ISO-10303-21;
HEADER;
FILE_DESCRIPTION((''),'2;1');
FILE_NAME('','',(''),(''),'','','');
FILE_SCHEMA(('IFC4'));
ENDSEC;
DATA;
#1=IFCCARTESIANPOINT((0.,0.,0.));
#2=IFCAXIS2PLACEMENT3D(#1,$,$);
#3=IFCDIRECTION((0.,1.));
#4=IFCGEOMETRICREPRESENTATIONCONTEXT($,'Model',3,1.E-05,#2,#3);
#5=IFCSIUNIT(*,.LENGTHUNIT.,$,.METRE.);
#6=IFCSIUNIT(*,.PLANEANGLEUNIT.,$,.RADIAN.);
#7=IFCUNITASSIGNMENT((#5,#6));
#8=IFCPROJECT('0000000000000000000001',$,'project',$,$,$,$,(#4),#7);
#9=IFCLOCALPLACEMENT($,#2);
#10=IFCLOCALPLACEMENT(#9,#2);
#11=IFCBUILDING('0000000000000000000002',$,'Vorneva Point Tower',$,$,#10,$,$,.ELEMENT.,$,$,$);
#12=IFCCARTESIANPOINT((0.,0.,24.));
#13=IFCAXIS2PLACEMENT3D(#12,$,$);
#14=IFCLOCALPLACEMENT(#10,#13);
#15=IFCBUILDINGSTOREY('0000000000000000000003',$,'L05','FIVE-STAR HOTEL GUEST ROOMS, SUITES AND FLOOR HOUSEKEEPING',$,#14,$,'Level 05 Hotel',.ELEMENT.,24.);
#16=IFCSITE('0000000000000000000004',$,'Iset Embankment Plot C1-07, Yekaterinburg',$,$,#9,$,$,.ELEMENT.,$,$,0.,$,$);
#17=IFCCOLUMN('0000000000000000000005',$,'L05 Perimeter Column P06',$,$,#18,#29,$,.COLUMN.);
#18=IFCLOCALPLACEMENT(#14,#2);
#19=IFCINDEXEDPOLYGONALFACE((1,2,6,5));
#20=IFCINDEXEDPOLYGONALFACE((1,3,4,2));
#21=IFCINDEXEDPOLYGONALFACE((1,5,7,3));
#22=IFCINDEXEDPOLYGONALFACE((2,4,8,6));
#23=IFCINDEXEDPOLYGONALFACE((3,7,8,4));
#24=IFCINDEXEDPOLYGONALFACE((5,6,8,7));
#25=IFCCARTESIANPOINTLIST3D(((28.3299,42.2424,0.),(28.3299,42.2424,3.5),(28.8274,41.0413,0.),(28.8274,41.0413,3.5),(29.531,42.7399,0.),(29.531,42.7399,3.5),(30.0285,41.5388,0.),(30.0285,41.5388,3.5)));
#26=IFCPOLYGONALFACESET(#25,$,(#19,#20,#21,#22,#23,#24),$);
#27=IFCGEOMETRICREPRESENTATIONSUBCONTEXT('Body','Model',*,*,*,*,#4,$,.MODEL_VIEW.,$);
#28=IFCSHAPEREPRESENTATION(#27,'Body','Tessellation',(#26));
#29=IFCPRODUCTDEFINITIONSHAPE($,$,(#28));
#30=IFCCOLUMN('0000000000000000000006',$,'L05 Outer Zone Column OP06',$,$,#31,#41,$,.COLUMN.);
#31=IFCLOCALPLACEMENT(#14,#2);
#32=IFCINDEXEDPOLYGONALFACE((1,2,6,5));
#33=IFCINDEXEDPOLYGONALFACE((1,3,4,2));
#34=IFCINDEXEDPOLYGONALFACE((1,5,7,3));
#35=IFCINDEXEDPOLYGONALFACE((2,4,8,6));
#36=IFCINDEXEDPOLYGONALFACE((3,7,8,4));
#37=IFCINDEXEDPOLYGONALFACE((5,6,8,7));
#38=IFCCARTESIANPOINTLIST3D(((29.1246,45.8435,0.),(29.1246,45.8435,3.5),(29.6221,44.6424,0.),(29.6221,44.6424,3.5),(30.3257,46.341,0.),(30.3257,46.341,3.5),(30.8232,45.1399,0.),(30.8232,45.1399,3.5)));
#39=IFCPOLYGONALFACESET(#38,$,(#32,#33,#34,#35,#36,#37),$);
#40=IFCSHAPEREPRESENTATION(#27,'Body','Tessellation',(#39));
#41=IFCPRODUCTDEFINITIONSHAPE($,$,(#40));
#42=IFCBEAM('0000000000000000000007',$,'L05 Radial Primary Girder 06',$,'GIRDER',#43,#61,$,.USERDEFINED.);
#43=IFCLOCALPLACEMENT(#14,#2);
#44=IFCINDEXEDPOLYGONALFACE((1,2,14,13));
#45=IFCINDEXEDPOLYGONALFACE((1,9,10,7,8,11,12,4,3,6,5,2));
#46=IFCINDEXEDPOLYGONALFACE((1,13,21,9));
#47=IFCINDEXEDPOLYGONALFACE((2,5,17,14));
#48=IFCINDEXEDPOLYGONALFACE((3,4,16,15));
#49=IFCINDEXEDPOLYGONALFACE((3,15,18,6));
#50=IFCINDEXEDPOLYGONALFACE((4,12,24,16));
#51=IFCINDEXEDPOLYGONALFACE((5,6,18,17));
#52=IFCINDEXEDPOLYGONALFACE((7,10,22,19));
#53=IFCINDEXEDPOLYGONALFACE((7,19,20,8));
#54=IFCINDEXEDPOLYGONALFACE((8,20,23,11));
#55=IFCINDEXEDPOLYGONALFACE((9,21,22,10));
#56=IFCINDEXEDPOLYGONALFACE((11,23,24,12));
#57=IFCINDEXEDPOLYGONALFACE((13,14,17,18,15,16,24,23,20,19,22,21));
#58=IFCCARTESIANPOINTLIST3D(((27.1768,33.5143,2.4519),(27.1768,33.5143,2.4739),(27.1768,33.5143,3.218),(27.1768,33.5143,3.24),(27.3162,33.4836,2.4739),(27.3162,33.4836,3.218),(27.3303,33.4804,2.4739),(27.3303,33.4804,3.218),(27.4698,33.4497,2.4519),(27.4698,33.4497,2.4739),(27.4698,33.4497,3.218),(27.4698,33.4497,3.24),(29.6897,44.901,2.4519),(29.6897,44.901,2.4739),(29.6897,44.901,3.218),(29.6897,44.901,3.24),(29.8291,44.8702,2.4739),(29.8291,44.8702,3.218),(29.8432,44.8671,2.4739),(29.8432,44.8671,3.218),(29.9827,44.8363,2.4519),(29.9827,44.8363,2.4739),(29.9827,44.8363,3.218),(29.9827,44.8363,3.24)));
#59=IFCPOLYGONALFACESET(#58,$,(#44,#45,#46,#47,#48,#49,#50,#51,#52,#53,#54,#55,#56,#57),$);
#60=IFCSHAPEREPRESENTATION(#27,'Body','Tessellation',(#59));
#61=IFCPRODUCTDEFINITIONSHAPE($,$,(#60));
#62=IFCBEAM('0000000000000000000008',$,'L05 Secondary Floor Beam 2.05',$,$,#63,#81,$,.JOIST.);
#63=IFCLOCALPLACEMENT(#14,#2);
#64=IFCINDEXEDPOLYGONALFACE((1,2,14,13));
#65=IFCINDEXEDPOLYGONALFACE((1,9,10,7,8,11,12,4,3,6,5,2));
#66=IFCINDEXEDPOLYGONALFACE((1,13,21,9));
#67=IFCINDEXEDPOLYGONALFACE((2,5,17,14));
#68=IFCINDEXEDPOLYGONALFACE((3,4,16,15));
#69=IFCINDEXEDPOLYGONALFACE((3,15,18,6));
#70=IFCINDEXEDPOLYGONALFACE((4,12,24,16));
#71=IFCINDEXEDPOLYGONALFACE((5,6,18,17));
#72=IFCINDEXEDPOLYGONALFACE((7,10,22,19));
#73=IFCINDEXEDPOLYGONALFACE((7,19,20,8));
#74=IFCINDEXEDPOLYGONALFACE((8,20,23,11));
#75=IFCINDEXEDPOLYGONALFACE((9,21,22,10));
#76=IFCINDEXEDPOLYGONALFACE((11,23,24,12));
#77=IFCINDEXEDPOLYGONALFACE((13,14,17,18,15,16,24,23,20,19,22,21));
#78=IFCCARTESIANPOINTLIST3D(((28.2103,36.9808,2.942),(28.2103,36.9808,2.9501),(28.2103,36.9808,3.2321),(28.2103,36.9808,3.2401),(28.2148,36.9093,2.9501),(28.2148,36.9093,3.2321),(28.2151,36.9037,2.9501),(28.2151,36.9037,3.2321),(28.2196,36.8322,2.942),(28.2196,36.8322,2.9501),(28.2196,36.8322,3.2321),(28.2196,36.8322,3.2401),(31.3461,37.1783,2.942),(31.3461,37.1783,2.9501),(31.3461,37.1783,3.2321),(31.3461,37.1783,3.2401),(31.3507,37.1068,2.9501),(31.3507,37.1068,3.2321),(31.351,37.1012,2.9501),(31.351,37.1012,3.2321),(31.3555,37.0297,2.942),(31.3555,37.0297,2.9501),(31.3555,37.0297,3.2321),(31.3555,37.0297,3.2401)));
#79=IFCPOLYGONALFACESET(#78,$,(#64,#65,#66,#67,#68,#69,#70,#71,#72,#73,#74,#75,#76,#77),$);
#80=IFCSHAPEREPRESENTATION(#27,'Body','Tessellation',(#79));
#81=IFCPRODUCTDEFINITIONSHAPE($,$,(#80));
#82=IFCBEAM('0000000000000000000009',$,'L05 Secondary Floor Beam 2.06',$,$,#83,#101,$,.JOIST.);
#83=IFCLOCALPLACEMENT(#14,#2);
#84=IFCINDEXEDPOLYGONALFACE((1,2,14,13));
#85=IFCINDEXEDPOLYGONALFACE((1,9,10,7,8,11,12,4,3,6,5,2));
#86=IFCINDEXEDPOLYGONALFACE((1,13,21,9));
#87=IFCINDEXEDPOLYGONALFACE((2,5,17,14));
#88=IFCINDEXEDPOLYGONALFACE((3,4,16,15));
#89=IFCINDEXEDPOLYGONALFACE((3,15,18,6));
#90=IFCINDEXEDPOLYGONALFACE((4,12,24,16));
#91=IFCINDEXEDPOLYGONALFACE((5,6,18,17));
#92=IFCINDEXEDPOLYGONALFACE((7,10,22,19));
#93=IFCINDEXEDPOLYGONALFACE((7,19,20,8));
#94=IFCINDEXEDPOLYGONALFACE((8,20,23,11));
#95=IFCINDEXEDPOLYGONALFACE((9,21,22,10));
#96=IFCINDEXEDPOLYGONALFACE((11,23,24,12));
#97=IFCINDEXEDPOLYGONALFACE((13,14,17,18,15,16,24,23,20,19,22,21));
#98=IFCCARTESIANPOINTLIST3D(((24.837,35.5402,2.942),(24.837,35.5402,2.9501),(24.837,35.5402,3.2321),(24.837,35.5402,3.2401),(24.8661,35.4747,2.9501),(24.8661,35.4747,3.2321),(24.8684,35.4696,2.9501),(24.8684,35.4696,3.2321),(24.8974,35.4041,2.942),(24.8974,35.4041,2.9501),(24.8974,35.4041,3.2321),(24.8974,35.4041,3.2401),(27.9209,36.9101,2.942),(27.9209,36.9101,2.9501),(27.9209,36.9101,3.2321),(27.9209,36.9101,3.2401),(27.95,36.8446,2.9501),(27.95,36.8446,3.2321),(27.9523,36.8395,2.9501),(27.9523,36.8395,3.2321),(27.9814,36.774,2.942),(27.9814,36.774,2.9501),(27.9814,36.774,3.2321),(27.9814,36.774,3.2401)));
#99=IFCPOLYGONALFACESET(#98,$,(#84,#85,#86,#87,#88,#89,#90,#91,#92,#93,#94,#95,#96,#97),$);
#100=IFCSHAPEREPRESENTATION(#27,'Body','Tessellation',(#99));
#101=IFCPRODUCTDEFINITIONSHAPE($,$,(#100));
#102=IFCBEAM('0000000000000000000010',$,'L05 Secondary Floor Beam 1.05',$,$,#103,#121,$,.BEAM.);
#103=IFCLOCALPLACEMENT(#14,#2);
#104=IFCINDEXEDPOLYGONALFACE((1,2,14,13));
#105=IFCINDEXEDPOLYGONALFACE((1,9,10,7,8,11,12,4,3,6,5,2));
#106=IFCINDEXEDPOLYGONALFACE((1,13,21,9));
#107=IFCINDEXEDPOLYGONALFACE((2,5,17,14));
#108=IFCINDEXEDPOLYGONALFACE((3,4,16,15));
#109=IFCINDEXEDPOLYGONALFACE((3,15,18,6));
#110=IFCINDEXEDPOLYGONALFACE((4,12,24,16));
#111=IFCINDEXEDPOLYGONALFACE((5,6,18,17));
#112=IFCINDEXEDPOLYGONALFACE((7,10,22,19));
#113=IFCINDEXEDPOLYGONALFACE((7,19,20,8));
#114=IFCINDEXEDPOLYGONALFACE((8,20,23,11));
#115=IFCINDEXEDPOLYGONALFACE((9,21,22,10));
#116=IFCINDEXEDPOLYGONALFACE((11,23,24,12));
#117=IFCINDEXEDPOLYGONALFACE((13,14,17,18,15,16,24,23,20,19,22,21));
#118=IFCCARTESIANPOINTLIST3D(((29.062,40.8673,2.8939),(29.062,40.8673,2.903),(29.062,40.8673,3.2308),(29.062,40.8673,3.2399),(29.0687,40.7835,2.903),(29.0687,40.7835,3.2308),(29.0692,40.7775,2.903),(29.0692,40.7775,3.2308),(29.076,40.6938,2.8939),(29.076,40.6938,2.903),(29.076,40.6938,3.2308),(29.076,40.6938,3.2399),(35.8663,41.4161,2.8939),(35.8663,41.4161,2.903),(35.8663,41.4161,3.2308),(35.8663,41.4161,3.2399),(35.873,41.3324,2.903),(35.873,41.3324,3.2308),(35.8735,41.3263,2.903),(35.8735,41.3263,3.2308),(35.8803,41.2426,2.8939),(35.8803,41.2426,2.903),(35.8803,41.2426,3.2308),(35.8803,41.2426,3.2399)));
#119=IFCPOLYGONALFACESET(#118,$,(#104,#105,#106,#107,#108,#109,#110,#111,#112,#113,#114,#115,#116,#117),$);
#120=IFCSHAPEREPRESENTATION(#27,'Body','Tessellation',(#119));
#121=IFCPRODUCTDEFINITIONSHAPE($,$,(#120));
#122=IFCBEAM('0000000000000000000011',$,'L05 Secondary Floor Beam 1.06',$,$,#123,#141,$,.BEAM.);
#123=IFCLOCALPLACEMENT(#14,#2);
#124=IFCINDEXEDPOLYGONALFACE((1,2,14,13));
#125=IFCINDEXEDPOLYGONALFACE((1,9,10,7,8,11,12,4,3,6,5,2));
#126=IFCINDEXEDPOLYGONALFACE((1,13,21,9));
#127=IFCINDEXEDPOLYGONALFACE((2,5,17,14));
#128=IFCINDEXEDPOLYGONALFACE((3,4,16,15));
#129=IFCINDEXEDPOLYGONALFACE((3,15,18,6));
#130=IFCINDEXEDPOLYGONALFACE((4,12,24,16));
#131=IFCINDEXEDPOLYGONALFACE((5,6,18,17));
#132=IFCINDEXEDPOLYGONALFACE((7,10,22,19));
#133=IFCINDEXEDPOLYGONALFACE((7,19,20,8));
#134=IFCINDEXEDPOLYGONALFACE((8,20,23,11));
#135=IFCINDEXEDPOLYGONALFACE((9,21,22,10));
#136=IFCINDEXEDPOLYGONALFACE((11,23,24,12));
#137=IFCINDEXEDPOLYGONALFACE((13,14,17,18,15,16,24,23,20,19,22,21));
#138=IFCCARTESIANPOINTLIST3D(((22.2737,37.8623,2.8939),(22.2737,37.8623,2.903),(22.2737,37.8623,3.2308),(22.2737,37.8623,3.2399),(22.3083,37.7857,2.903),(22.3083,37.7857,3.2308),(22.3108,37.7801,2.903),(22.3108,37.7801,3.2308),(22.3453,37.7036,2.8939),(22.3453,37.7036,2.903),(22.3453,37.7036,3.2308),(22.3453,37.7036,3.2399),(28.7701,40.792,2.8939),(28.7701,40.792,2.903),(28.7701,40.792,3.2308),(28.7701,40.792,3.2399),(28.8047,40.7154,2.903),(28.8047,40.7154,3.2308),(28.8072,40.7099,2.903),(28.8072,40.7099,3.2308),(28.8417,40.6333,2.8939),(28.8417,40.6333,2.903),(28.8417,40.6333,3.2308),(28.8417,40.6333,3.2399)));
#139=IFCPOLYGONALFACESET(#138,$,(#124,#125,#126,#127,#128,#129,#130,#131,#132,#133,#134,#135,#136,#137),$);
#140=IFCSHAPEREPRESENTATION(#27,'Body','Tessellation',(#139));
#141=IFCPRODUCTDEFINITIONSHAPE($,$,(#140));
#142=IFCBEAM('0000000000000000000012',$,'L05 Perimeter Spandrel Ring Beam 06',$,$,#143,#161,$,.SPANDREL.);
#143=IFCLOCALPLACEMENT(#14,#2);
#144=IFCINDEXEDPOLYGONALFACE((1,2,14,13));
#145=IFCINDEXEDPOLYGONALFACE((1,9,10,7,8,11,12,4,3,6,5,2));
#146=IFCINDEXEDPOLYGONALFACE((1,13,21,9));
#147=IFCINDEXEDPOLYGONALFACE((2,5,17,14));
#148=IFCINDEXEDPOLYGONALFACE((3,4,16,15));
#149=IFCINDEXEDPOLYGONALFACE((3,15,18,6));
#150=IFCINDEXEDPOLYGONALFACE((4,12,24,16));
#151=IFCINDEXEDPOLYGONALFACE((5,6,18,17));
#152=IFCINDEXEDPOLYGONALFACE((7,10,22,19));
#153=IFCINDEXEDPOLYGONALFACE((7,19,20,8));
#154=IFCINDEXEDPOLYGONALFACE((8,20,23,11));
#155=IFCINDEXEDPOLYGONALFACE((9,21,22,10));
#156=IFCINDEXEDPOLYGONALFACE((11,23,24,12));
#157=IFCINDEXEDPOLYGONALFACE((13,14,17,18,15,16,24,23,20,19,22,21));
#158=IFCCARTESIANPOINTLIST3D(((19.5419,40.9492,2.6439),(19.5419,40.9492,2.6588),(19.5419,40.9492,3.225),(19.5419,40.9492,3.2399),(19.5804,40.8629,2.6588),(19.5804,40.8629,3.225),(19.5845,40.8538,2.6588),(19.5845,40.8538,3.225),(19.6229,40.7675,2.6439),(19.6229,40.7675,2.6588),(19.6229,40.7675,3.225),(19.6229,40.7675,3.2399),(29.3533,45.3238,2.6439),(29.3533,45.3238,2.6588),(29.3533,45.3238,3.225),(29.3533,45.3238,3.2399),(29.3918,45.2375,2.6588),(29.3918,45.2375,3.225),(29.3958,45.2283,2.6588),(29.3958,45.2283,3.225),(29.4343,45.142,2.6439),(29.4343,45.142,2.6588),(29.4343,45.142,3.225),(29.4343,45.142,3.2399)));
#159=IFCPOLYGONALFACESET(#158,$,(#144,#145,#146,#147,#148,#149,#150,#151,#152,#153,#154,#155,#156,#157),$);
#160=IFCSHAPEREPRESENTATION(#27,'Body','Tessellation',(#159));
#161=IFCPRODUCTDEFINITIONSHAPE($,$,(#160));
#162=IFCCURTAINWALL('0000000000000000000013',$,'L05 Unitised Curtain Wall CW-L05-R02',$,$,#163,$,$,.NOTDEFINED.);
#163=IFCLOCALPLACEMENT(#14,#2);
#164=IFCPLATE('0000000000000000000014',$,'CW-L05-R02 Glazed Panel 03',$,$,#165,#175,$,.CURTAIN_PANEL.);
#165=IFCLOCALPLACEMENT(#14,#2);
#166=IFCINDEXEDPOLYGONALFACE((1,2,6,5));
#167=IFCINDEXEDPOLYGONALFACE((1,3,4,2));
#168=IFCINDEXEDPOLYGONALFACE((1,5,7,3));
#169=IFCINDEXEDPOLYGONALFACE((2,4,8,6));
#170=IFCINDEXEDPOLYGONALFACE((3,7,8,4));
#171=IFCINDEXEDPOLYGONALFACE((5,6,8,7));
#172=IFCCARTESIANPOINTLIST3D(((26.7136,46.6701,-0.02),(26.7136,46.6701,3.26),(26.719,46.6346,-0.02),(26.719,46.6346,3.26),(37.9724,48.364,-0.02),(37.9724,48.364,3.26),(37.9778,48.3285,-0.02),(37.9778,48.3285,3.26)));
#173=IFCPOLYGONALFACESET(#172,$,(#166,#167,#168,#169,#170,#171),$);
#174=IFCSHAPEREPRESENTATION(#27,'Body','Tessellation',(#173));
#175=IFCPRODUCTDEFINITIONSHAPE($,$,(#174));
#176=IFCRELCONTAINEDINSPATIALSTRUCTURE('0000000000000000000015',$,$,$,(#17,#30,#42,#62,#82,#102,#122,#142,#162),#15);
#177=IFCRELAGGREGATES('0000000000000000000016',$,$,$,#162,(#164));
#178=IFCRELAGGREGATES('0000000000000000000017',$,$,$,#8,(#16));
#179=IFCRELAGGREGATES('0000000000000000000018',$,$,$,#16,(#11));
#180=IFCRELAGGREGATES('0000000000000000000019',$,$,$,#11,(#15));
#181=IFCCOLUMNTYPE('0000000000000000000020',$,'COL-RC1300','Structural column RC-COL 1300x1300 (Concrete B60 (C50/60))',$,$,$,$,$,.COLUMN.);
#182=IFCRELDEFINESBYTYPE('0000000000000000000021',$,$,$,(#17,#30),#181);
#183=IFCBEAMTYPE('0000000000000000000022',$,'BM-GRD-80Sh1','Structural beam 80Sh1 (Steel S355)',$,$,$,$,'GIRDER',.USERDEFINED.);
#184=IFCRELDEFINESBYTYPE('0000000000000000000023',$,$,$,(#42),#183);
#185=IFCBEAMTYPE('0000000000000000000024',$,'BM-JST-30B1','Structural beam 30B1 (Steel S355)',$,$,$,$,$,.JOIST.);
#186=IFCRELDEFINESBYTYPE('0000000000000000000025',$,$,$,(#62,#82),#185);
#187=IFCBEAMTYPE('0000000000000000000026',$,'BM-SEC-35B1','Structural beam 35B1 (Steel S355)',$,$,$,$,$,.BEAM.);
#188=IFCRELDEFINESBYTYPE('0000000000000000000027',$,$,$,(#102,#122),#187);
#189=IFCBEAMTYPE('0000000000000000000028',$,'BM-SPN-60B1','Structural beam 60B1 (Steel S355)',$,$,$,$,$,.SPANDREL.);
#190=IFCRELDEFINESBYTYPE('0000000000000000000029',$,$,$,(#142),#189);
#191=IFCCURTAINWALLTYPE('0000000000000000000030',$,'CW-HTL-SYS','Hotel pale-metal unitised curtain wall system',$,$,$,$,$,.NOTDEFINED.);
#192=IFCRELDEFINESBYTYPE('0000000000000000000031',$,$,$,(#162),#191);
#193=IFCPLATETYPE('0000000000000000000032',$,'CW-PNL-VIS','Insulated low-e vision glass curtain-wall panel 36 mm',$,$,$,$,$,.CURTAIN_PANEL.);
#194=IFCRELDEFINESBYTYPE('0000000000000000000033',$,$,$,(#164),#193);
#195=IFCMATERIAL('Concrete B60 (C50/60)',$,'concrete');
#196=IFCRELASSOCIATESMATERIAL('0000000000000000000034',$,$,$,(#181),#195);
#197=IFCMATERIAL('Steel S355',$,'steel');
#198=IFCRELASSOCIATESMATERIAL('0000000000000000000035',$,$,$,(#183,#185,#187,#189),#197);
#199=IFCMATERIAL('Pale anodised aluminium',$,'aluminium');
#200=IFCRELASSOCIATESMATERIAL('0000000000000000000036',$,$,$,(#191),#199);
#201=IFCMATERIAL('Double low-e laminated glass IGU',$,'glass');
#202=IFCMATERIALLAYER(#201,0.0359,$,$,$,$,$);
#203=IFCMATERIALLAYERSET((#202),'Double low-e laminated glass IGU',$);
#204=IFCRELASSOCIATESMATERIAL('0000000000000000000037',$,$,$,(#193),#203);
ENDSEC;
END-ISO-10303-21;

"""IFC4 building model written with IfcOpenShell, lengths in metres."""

from ifc_helpers import new_model, si_unit, direction, frame, origin, origin_2d, place, context, subcontext, project, spatial, rectangle, i_section, extrude, material, layer, layer_set, material_profile, profile_set, type_object, element, aggregate, save


model = new_model("IFC4")

# Units and contexts
model_context = context("Model", 3, precision=1e-05, world=origin(), true_north=direction((0.0, 1.0)))
body_context = subcontext(model_context, "Body", "Model", "MODEL_VIEW")
ifc_project = project(units=[si_unit("LENGTHUNIT", "METRE"), si_unit("PLANEANGLEUNIT", "RADIAN")], contexts=[model_context])

# Site, building, storey
site_placement = place(None, origin())
site = spatial("IfcSite", under=ifc_project, at=site_placement, Name="Iset Embankment Plot C1-07, Yekaterinburg", CompositionType="ELEMENT", RefElevation=0.0)
building_placement = place(site_placement, origin())
building = spatial("IfcBuilding", under=site, at=building_placement, Name="Vorneva Point Tower", CompositionType="ELEMENT")
storey_placement = place(building_placement, frame((0.0, 0.0, 24.0)))
storey = spatial("IfcBuildingStorey", under=building, at=storey_placement, Name="L05", Description="FIVE-STAR HOTEL GUEST ROOMS, SUITES AND FLOOR HOUSEKEEPING", LongName="Level 05 Hotel", CompositionType="ELEMENT", Elevation=24.0)

# Columns
ifc_material_1 = material(Name="Concrete B60 (C50/60)", Category="concrete")
ifc_material_profile_1 = material_profile(ifc_material_1, rectangle(XDim=1.3, YDim=1.3, at=origin_2d()), Name="RC-COL 1300x1300")
ifc_profile_set_1 = profile_set([ifc_material_profile_1], Name="Concrete B60 (C50/60)")
column_type = type_object("IfcColumnType", Name="COL-RC1300", Description="Structural column RC-COL 1300x1300 (Concrete B60 (C50/60))", PredefinedType="COLUMN", material=ifc_profile_set_1)
for number, where, z_axis, x_axis, name in (
    (1, (29.1792, 41.8906, 0.0), (0.0, 0.0, 1.0), (-0.382683, 0.92388, 0.0), "L05 Perimeter Column P06"),
    (2, (29.9739, 45.4917, 0.0), (0.0, 0.0, 1.0), (-0.382683, 0.92388, 0.0), "L05 Outer Zone Column OP06"),
):
    element("IfcColumn", number, at=place(storey_placement, frame(where, z_axis=z_axis, x_axis=x_axis)), inside=storey, type_object=column_type, Name=name, PredefinedType="COLUMN", context=body_context, shape_type="SweptSolid", body=[
        extrude(rectangle(XDim=1.3, YDim=1.3, at=origin_2d()), origin(), (0.0, 0.0, 1.0), 3.5),
    ])

# Beams
ifc_material_2 = material(Name="Steel S355", Category="steel")
ifc_material_profile_2 = material_profile(ifc_material_2, i_section(OverallWidth=0.3, OverallDepth=0.7881, WebThickness=0.0144, FlangeThickness=0.022, at=origin_2d()), Name="80Sh1")
ifc_profile_set_2 = profile_set([ifc_material_profile_2], Name="Steel S355")
beam_type_1 = type_object("IfcBeamType", Name="BM-GRD-80Sh1", Description="Structural beam 80Sh1 (Steel S355)", ElementType="GIRDER", PredefinedType="USERDEFINED", material=ifc_profile_set_2)
beam_1_placement = place(storey_placement, frame((29.8362, 44.8687, 2.8459), z_axis=(-0.215505, -0.976503, 0.0), x_axis=(0.976503, -0.215505, 0.0)))
element("IfcBeam", 3, at=beam_1_placement, inside=storey, type_object=beam_type_1, Name="L05 Radial Primary Girder 06", ObjectType="GIRDER", PredefinedType="USERDEFINED", context=body_context, shape_type="SweptSolid", body=[
    extrude(i_section(OverallWidth=0.3, OverallDepth=0.7881, WebThickness=0.0144, FlangeThickness=0.022, at=origin_2d()), origin(), (0.0, 0.0, 1.0), 11.6606),
])
ifc_material_profile_3 = material_profile(ifc_material_2, i_section(OverallWidth=0.1489, OverallDepth=0.2981, WebThickness=0.0056, FlangeThickness=0.0081, at=origin_2d()), Name="30B1")
ifc_profile_set_3 = profile_set([ifc_material_profile_3], Name="Steel S355")
beam_type_2 = type_object("IfcBeamType", Name="BM-JST-30B1", Description="Structural beam 30B1 (Steel S355)", PredefinedType="JOIST", material=ifc_profile_set_3)
beam_2_placement = place(storey_placement, frame((31.3508, 37.104, 3.0911), z_axis=(-0.998023, -0.062857, 0.0), x_axis=(0.062857, -0.998023, 0.0)))
element("IfcBeam", 4, at=beam_2_placement, inside=storey, type_object=beam_type_2, Name="L05 Secondary Floor Beam 2.05", PredefinedType="JOIST", context=body_context, shape_type="SweptSolid", body=[
    extrude(i_section(OverallWidth=0.1489, OverallDepth=0.2981, WebThickness=0.0056, FlangeThickness=0.0081, at=origin_2d()), origin(), (0.0, 0.0, 1.0), 3.1421),
])
beam_3_placement = place(storey_placement, frame((27.9512, 36.842, 3.0911), z_axis=(-0.913898, -0.405944, 0.0), x_axis=(0.405944, -0.913898, 0.0)))
element("IfcBeam", 5, at=beam_3_placement, inside=storey, type_object=beam_type_2, Name="L05 Secondary Floor Beam 2.06", PredefinedType="JOIST", context=body_context, shape_type="SweptSolid", body=[
    extrude(i_section(OverallWidth=0.1489, OverallDepth=0.2981, WebThickness=0.0056, FlangeThickness=0.0081, at=origin_2d()), origin(), (0.0, 0.0, 1.0), 3.3745),
])
ifc_material_profile_4 = material_profile(ifc_material_2, i_section(OverallWidth=0.1741, OverallDepth=0.3459, WebThickness=0.0061, FlangeThickness=0.009, at=origin_2d()), Name="35B1")
ifc_profile_set_4 = profile_set([ifc_material_profile_4], Name="Steel S355")
beam_type_3 = type_object("IfcBeamType", Name="BM-SEC-35B1", Description="Structural beam 35B1 (Steel S355)", PredefinedType="BEAM", material=ifc_profile_set_4)
beam_4_placement = place(storey_placement, frame((35.8733, 41.3293, 3.0669), z_axis=(-0.996763, -0.080399, 0.0), x_axis=(0.080399, -0.996763, 0.0)))
element("IfcBeam", 6, at=beam_4_placement, inside=storey, type_object=beam_type_3, Name="L05 Secondary Floor Beam 1.05", PredefinedType="BEAM", context=body_context, shape_type="SweptSolid", body=[
    extrude(i_section(OverallWidth=0.1741, OverallDepth=0.3459, WebThickness=0.0061, FlangeThickness=0.009, at=origin_2d()), origin(), (0.0, 0.0, 1.0), 6.8264),
])
beam_5_placement = place(storey_placement, frame((28.8059, 40.7126, 3.0669), z_axis=(-0.911589, -0.411104, 0.0), x_axis=(0.411104, -0.911589, 0.0)))
element("IfcBeam", 7, at=beam_5_placement, inside=storey, type_object=beam_type_3, Name="L05 Secondary Floor Beam 1.06", PredefinedType="BEAM", context=body_context, shape_type="SweptSolid", body=[
    extrude(i_section(OverallWidth=0.1741, OverallDepth=0.3459, WebThickness=0.0061, FlangeThickness=0.009, at=origin_2d()), origin(), (0.0, 0.0, 1.0), 7.1265),
])
ifc_material_profile_5 = material_profile(ifc_material_2, i_section(OverallWidth=0.199, OverallDepth=0.5959, WebThickness=0.01, FlangeThickness=0.0149, at=origin_2d()), Name="60B1")
ifc_profile_set_5 = profile_set([ifc_material_profile_5], Name="Steel S355")
beam_type_4 = type_object("IfcBeamType", Name="BM-SPN-60B1", Description="Structural beam 60B1 (Steel S355)", PredefinedType="SPANDREL", material=ifc_profile_set_5)
beam_6_placement = place(storey_placement, frame((29.3938, 45.2329, 2.9419), z_axis=(-0.913329, -0.407222, 0.0), x_axis=(0.407222, -0.913329, 0.0)))
element("IfcBeam", 8, at=beam_6_placement, inside=storey, type_object=beam_type_4, Name="L05 Perimeter Spandrel Ring Beam 06", PredefinedType="SPANDREL", context=body_context, shape_type="SweptSolid", body=[
    extrude(i_section(OverallWidth=0.199, OverallDepth=0.5959, WebThickness=0.01, FlangeThickness=0.0149, at=origin_2d()), origin(), (0.0, 0.0, 1.0), 10.7424),
])

# Curtain wall, plate
ifc_material_3 = material(Name="Pale anodised aluminium", Category="aluminium")
curtain_wall_type = type_object("IfcCurtainWallType", Name="CW-HTL-SYS", Description="Hotel pale-metal unitised curtain wall system", PredefinedType="NOTDEFINED", material=ifc_material_3)
curtain_wall_placement = place(storey_placement, origin())
curtain_wall = element("IfcCurtainWall", 9, at=curtain_wall_placement, inside=storey, type_object=curtain_wall_type, Name="L05 Unitised Curtain Wall CW-L05-R02", PredefinedType="NOTDEFINED")
ifc_material_4 = material(Name="Double low-e laminated glass IGU", Category="glass")
ifc_layer_1 = layer(ifc_material_4, 0.0359)
ifc_layer_set_1 = layer_set([ifc_layer_1], Name="Double low-e laminated glass IGU")
plate_type = type_object("IfcPlateType", Name="CW-PNL-VIS", Description="Insulated low-e vision glass curtain-wall panel 36 mm", PredefinedType="CURTAIN_PANEL", material=ifc_layer_set_1)
plate_placement = place(storey_placement, frame((32.3457, 47.4993, -0.02), z_axis=(0.0, 0.0, 1.0), x_axis=(-0.988871, -0.148776, 0.0)))
plate = element("IfcPlate", 10, at=plate_placement, type_object=plate_type, Name="CW-L05-R02 Glazed Panel 03", PredefinedType="CURTAIN_PANEL", context=body_context, shape_type="SweptSolid", body=[
    extrude(rectangle(XDim=11.3855, YDim=0.0359, at=origin_2d()), origin(), (0.0, 0.0, 1.0), 3.28),
])
aggregate(curtain_wall, [plate])

save(model, "model.ifc")
